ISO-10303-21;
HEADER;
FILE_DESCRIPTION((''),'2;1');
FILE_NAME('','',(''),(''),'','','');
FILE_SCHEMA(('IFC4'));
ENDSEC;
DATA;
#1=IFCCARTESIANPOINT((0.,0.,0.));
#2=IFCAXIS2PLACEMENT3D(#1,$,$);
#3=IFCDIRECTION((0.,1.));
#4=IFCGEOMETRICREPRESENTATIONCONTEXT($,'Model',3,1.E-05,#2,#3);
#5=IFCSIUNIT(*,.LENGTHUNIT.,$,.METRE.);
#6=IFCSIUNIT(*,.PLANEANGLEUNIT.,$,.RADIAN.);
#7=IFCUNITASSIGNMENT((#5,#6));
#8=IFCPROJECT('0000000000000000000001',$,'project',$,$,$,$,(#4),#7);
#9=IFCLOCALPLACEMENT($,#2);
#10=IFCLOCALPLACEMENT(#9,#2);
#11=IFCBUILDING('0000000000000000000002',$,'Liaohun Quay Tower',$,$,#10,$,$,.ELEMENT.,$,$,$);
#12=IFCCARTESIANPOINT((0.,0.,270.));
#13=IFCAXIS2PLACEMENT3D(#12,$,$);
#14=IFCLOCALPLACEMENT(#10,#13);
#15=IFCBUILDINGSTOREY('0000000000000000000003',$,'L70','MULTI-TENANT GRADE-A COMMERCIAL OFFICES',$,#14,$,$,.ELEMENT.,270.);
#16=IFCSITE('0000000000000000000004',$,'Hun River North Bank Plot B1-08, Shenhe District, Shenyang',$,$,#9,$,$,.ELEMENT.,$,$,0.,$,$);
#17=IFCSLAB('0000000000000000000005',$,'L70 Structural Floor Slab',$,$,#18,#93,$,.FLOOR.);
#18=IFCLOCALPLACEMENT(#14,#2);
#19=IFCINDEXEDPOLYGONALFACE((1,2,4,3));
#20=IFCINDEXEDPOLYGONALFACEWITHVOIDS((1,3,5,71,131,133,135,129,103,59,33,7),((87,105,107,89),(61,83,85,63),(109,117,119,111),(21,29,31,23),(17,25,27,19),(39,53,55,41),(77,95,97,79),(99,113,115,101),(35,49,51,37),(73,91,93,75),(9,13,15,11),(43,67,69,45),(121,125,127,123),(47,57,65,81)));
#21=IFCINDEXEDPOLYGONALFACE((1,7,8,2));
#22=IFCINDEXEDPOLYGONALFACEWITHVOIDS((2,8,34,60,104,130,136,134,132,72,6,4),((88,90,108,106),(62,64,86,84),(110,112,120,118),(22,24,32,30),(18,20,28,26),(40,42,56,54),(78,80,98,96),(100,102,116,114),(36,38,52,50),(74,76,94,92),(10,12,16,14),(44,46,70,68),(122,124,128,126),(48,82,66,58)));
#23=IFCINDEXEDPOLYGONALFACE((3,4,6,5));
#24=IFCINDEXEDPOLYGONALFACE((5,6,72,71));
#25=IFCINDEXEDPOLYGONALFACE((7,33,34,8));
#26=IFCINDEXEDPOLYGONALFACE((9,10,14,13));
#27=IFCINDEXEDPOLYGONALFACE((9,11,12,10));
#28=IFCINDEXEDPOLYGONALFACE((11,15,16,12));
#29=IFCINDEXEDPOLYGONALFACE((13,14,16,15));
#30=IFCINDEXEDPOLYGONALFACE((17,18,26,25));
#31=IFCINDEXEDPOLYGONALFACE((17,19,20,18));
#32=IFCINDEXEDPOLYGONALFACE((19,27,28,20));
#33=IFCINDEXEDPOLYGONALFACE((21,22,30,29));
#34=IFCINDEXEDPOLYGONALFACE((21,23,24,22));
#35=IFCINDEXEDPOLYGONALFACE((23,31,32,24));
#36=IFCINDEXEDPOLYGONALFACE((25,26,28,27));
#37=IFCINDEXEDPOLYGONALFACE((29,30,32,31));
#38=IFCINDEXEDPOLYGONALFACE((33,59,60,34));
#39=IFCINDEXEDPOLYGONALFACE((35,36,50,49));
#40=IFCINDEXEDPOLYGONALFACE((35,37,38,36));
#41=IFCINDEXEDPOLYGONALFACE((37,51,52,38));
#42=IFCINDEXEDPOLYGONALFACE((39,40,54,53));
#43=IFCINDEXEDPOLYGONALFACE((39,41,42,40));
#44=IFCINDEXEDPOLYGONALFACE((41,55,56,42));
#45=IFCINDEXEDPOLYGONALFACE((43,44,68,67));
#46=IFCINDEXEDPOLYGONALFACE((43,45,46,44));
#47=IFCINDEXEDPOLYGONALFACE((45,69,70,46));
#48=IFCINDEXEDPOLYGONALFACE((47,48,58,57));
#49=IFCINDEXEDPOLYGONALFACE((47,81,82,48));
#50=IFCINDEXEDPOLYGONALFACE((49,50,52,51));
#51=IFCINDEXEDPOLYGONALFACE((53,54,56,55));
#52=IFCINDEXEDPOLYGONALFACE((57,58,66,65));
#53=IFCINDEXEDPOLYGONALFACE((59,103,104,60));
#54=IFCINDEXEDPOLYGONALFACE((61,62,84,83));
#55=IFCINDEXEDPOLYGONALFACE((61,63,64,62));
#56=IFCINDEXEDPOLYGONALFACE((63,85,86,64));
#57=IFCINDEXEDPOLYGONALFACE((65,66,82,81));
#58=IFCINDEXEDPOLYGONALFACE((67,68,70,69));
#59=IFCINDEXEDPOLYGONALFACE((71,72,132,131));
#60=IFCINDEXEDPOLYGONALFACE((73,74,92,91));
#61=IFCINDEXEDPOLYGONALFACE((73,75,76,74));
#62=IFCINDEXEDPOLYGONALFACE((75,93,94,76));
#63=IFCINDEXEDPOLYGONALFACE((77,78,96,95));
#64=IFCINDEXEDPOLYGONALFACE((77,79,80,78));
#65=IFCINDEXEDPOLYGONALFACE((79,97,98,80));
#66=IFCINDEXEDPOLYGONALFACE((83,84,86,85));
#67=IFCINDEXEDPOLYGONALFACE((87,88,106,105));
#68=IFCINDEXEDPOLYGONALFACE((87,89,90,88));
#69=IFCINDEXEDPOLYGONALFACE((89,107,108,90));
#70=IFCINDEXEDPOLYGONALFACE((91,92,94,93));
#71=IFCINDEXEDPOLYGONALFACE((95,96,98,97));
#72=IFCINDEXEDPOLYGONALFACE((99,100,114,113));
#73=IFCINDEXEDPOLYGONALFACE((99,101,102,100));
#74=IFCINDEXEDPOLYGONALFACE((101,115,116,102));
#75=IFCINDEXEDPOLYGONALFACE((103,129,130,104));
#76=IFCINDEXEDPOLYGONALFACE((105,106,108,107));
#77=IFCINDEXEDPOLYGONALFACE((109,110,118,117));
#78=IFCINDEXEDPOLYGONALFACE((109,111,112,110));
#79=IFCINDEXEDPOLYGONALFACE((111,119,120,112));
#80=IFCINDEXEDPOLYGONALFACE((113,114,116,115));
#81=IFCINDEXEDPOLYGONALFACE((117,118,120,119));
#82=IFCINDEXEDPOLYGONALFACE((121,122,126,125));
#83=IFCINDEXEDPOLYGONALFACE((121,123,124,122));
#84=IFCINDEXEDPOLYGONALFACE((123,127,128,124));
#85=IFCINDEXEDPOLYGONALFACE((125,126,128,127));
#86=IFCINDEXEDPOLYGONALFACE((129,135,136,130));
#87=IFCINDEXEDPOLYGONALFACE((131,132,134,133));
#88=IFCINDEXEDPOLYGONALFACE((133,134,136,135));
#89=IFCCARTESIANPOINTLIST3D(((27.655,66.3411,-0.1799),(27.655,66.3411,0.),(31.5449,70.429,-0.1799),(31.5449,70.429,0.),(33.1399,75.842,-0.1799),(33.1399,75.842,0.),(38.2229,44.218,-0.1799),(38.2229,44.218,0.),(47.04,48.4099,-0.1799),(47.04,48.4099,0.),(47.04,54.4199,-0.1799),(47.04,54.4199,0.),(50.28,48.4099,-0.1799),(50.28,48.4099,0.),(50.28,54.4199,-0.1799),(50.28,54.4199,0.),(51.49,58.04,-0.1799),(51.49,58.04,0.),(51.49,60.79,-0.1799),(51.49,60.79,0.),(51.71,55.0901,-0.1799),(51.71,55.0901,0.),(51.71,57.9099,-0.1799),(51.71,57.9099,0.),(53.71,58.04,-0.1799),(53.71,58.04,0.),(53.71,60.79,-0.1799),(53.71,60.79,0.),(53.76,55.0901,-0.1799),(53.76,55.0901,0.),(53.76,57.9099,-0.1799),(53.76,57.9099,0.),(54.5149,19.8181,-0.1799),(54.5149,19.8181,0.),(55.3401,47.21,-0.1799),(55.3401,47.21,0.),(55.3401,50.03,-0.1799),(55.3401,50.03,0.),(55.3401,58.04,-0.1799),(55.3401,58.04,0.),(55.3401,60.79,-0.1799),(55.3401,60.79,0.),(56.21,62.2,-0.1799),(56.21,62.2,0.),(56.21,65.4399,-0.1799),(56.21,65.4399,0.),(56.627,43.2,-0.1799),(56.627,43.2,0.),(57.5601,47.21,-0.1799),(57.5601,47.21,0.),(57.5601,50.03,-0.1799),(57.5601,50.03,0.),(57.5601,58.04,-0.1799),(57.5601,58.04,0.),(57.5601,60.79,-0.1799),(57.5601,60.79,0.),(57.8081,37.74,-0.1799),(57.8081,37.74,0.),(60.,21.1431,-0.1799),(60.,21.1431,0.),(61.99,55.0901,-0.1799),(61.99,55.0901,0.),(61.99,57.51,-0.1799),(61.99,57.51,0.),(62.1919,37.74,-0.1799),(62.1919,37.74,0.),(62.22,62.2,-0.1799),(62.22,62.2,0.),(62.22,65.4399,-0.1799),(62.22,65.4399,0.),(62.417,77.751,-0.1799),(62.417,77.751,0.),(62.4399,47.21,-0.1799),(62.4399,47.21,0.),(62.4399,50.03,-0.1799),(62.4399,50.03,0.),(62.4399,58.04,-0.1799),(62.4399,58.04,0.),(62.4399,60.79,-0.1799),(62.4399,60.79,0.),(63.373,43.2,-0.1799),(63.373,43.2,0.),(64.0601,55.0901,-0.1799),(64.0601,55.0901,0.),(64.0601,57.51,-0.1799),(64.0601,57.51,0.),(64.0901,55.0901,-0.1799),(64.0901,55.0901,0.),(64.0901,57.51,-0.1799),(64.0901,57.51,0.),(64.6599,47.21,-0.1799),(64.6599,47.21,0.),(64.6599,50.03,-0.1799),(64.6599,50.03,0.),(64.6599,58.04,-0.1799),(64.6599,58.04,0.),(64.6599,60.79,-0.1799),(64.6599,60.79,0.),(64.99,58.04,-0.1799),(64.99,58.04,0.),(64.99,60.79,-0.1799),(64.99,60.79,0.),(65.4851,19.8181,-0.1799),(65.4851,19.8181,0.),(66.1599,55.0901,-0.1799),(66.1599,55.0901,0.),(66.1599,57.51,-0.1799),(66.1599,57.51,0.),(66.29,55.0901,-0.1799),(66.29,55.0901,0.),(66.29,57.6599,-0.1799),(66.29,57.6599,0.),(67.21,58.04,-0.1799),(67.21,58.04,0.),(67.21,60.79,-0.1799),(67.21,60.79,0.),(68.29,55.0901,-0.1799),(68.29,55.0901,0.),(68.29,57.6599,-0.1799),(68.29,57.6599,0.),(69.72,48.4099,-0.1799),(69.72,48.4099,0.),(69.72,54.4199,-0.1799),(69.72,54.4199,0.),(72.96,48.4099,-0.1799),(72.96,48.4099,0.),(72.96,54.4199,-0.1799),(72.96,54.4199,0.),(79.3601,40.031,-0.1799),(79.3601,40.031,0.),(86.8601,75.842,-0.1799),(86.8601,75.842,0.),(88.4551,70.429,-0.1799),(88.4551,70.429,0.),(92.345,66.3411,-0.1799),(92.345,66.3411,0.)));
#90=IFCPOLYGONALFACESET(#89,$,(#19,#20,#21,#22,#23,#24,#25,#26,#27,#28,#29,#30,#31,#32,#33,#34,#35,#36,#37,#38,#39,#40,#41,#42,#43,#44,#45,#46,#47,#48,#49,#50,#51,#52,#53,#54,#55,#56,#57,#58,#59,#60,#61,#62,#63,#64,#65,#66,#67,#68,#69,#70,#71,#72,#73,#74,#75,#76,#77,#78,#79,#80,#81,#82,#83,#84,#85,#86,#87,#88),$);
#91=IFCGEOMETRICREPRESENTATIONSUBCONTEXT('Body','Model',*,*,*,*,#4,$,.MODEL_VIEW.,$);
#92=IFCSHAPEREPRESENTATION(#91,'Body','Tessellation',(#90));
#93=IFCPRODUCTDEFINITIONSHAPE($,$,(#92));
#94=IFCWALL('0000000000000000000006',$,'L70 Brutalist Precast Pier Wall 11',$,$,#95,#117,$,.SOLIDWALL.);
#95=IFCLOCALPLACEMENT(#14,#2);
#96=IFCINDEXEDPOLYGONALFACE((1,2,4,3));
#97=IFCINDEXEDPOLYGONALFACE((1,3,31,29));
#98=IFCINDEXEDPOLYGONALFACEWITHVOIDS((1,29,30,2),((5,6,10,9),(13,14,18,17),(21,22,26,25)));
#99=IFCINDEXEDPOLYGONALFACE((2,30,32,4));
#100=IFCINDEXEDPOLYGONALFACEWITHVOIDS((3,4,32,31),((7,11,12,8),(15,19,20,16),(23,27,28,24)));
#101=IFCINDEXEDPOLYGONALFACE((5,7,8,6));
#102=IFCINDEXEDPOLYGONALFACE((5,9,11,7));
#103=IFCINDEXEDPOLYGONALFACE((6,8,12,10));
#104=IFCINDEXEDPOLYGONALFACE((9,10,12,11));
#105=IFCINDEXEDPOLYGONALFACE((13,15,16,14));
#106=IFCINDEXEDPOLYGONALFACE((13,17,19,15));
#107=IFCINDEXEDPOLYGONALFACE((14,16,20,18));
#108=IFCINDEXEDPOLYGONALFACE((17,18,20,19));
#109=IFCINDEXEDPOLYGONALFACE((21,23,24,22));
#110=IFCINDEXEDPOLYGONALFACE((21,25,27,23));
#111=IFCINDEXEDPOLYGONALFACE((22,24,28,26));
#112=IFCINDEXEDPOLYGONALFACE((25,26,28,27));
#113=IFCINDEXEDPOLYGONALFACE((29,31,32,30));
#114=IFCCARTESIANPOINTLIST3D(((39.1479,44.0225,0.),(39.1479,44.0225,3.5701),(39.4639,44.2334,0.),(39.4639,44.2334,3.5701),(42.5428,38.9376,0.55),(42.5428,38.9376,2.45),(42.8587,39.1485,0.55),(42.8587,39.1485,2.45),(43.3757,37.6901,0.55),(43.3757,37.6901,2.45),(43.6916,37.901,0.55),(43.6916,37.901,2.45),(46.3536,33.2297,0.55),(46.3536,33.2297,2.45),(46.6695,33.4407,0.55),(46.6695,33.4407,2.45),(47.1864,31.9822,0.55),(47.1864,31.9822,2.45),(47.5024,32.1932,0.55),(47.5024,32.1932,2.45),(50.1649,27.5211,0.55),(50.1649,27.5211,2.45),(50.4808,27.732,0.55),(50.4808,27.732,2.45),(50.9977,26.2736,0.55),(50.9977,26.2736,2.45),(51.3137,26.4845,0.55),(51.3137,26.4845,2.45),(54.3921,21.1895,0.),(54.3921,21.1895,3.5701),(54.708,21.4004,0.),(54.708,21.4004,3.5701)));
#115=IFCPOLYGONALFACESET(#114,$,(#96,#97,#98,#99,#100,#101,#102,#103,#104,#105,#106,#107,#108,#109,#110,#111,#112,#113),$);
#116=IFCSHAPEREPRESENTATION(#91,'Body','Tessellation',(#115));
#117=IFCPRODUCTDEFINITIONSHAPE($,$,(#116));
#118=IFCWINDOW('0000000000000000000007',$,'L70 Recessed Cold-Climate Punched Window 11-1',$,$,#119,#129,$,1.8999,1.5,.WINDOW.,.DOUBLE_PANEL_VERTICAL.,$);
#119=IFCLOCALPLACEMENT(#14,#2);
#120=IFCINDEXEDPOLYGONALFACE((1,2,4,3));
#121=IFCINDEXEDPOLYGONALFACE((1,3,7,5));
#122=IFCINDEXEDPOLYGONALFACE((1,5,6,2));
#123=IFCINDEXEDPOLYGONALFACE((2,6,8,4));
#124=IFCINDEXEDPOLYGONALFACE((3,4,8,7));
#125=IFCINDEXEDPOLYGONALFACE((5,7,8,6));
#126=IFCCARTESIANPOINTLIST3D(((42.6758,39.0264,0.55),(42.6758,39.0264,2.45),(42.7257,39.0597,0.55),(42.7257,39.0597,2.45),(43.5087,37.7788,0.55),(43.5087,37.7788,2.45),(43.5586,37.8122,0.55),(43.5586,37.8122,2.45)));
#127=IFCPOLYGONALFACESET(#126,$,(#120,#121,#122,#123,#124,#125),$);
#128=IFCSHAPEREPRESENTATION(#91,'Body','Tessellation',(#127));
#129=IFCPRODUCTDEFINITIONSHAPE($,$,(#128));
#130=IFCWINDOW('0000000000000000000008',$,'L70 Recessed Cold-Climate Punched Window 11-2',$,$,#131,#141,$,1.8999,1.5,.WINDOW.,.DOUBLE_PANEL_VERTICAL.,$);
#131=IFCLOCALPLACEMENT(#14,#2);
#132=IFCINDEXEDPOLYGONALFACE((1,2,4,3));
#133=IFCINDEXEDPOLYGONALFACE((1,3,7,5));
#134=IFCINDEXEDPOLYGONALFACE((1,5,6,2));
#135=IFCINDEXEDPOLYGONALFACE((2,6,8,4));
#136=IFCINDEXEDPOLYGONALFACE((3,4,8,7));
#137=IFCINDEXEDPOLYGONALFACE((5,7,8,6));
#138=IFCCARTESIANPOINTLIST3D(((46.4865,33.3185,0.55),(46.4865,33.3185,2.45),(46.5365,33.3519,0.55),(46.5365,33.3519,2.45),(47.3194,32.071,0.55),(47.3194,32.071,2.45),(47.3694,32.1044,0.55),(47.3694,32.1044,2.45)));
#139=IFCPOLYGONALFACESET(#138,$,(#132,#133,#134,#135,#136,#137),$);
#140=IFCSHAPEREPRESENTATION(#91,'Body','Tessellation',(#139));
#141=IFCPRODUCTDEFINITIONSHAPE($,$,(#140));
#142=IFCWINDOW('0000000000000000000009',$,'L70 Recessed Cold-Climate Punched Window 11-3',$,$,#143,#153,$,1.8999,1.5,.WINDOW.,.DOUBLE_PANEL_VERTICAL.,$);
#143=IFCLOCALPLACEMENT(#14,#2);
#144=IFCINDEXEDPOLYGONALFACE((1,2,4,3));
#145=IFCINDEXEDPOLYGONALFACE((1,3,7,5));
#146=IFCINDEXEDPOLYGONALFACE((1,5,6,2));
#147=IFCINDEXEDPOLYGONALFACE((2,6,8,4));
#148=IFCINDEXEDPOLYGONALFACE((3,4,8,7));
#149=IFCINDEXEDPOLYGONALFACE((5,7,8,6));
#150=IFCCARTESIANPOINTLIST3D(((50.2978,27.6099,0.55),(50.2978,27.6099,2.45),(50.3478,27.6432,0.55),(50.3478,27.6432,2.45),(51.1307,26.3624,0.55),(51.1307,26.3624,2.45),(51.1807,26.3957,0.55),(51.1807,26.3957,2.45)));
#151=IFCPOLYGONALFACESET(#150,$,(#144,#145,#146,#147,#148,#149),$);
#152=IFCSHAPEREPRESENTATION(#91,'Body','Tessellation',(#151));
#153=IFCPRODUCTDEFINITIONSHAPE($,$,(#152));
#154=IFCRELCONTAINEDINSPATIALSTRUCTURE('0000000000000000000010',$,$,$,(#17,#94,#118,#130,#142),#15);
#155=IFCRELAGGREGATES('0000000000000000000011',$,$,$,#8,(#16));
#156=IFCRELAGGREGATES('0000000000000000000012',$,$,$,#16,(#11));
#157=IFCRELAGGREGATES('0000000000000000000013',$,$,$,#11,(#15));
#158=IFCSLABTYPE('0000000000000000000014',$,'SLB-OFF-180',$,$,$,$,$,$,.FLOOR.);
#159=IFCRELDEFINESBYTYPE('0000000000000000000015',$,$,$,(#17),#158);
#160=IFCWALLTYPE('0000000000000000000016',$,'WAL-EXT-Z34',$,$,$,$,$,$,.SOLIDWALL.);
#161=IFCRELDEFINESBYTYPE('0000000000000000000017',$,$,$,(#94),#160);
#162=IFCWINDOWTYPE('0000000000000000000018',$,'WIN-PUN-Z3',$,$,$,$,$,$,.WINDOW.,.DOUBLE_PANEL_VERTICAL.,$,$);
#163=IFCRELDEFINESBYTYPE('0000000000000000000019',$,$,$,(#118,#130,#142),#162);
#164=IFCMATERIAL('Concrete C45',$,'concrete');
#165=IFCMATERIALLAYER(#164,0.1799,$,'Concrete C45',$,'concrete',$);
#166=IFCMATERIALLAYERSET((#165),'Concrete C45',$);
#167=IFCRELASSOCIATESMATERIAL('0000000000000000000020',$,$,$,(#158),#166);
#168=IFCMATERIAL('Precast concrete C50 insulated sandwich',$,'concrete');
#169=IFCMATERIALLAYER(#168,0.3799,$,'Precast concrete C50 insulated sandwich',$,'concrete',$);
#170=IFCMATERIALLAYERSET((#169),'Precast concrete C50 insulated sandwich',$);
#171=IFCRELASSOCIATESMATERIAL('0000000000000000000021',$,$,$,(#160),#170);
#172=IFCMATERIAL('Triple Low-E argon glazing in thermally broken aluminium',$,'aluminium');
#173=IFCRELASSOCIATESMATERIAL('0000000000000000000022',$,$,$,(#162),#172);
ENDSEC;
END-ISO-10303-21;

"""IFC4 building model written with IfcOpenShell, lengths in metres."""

from ifc_helpers import new_model, si_unit, direction, frame, frame_2d, origin, place, context, subcontext, project, spatial, polyline, rectangle, outline, extrude, source, transform, mapped, material, layer, layer_set, type_object, element, fill, save


model = new_model("IFC4")

# Units and contexts
model_context = context("Model", 3, precision=1e-05, world=origin(), true_north=direction((0.0, 1.0)))
body_context = subcontext(model_context, "Body", "Model", "MODEL_VIEW")
ifc_project = project(units=[si_unit("LENGTHUNIT", "METRE"), si_unit("PLANEANGLEUNIT", "RADIAN")], contexts=[model_context])

# Site, building, storey
site_placement = place(None, origin())
site = spatial("IfcSite", under=ifc_project, at=site_placement, Name="Hun River North Bank Plot B1-08, Shenhe District, Shenyang", CompositionType="ELEMENT", RefElevation=0.0)
building_placement = place(site_placement, origin())
building = spatial("IfcBuilding", under=site, at=building_placement, Name="Liaohun Quay Tower", CompositionType="ELEMENT")
storey_placement = place(building_placement, frame((0.0, 0.0, 270.0)))
storey = spatial("IfcBuildingStorey", under=building, at=storey_placement, Name="L70", Description="MULTI-TENANT GRADE-A COMMERCIAL OFFICES", CompositionType="ELEMENT", Elevation=270.0)

# Shared definitions
ifc_material_1 = material(Name="Concrete C45", Category="concrete")

# Slab
ifc_layer_1 = layer(ifc_material_1, 0.1799, Name="Concrete C45", Category="concrete")
ifc_layer_set_1 = layer_set([ifc_layer_1], Name="Concrete C45")
slab_type_1 = type_object("IfcSlabType", Name="SLB-OFF-180", PredefinedType="FLOOR", material=ifc_layer_set_1)
slab_1_placement = place(storey_placement, frame((0.0, 0.0, -0.1799)))
element("IfcSlab", 1, at=slab_1_placement, inside=storey, type_object=slab_type_1, Name="L70 Structural Floor Slab", PredefinedType="FLOOR", context=body_context, shape_type="SweptSolid", body=[
    extrude(outline(polyline([(54.5149, 19.8181), (60.0, 21.1431), (65.4851, 19.8181), (79.3601, 40.031), (92.345, 66.3411), (88.4551, 70.429), (86.8601, 75.842), (62.417, 77.751), (33.1399, 75.842), (31.5449, 70.429), (27.655, 66.3411), (38.2229, 44.218), (54.5149, 19.8181)]), holes=[polyline([(63.373, 43.2), (56.627, 43.2), (57.8081, 37.74), (62.1919, 37.74), (63.373, 43.2)]), polyline([(57.5601, 47.21), (57.5601, 50.03), (55.3401, 50.03), (55.3401, 47.21), (57.5601, 47.21)]), polyline([(50.28, 54.4199), (47.04, 54.4199), (47.04, 48.4099), (50.28, 48.4099), (50.28, 54.4199)]), polyline([(53.76, 55.0901), (53.76, 57.9099), (51.71, 57.9099), (51.71, 55.0901), (53.76, 55.0901)]), polyline([(53.71, 58.04), (53.71, 60.79), (51.49, 60.79), (51.49, 58.04), (53.71, 58.04)]), polyline([(57.5601, 58.04), (57.5601, 60.79), (55.3401, 60.79), (55.3401, 58.04), (57.5601, 58.04)]), polyline([(62.22, 62.2), (62.22, 65.4399), (56.21, 65.4399), (56.21, 62.2), (62.22, 62.2)]), polyline([(64.6599, 50.03), (62.4399, 50.03), (62.4399, 47.21), (64.6599, 47.21), (64.6599, 50.03)]), polyline([(72.96, 54.4199), (69.72, 54.4199), (69.72, 48.4099), (72.96, 48.4099), (72.96, 54.4199)]), polyline([(64.0601, 55.0901), (64.0601, 57.51), (61.99, 57.51), (61.99, 55.0901), (64.0601, 55.0901)]), polyline([(66.1599, 55.0901), (66.1599, 57.51), (64.0901, 57.51), (64.0901, 55.0901), (66.1599, 55.0901)]), polyline([(68.29, 55.0901), (68.29, 57.6599), (66.29, 57.6599), (66.29, 55.0901), (68.29, 55.0901)]), polyline([(64.6599, 58.04), (64.6599, 60.79), (62.4399, 60.79), (62.4399, 58.04), (64.6599, 58.04)]), polyline([(67.21, 58.04), (67.21, 60.79), (64.99, 60.79), (64.99, 58.04), (67.21, 58.04)])]), origin(), (0.0, 0.0, 1.0), 0.1799),
])

# Wall, openings, windows
ifc_material_2 = material(Name="Precast concrete C50 insulated sandwich", Category="concrete")
ifc_layer_2 = layer(ifc_material_2, 0.3799, Name="Precast concrete C50 insulated sandwich", Category="concrete")
ifc_layer_set_2 = layer_set([ifc_layer_2], Name="Precast concrete C50 insulated sandwich")
wall_type_1 = type_object("IfcWallType", Name="WAL-EXT-Z34", PredefinedType="SOLIDWALL", material=ifc_layer_set_2)
wall_1_placement = place(storey_placement, frame((39.3059, 44.1279, 0.0), z_axis=(0.0, 0.0, 1.0), x_axis=(0.555258, -0.831678, 0.0)))
wall_1 = element("IfcWall", 2, at=wall_1_placement, inside=storey, type_object=wall_type_1, Name="L70 Brutalist Precast Pier Wall 11", PredefinedType="SOLIDWALL", context=body_context, shape_type="SweptSolid", body=[
    extrude(rectangle(XDim=27.4541, YDim=0.3799, at=frame_2d((13.7271, 0.0))), origin(), (0.0, 0.0, 1.0), 3.5701),
])
shared_shape_1 = source(origin(), body_context, "Body", "SweptSolid", [
    extrude(rectangle(XDim=1.5, YDim=1.8999, at=frame_2d((0.75, 0.95))), frame((0.0, 0.2, 0.0), z_axis=(0.0, -1.0, 0.0), x_axis=(1.0, 0.0, 0.0)), (0.0, 0.0, 1.0), 0.3999),
])
opening_1_placement = place(wall_1_placement, frame((6.114, 0.0, 0.55)))
opening_1 = element("IfcOpeningElement", 3, at=opening_1_placement, cuts=wall_1, PredefinedType="OPENING", context=body_context, shape_type="MappedRepresentation", body=[
    mapped(shared_shape_1, transform((0.0, 0.0, 0.0), x_axis=(1.0, 0.0, 0.0), y_axis=(0.0, 1.0, 0.0), z_axis=(0.0, 0.0, 1.0), scale=1.0)),
])
opening_2_placement = place(wall_1_placement, frame((12.9771, 0.0, 0.55)))
opening_2 = element("IfcOpeningElement", 4, at=opening_2_placement, cuts=wall_1, PredefinedType="OPENING", context=body_context, shape_type="MappedRepresentation", body=[
    mapped(shared_shape_1, transform((0.0, 0.0, 0.0), x_axis=(1.0, 0.0, 0.0), y_axis=(0.0, 1.0, 0.0), z_axis=(0.0, 0.0, 1.0), scale=1.0)),
])
opening_3_placement = place(wall_1_placement, frame((19.8411, 0.0, 0.55)))
opening_3 = element("IfcOpeningElement", 5, at=opening_3_placement, cuts=wall_1, PredefinedType="OPENING", context=body_context, shape_type="MappedRepresentation", body=[
    mapped(shared_shape_1, transform((0.0, 0.0, 0.0), x_axis=(1.0, 0.0, 0.0), y_axis=(0.0, 1.0, 0.0), z_axis=(0.0, 0.0, 1.0), scale=1.0)),
])
ifc_material_3 = material(Name="Triple Low-E argon glazing in thermally broken aluminium", Category="aluminium")
window_type = type_object("IfcWindowType", Name="WIN-PUN-Z3", PartitioningType="DOUBLE_PANEL_VERTICAL", PredefinedType="WINDOW", material=ifc_material_3)
shared_shape_2 = source(origin(), body_context, "Body", "SweptSolid", [
    extrude(rectangle(XDim=1.5, YDim=1.8999, at=frame_2d((0.75, 0.95))), frame((0.0, 0.03, 0.0), z_axis=(0.0, -1.0, 0.0), x_axis=(1.0, 0.0, 0.0)), (0.0, 0.0, 1.0), 0.0601),
])
window_1_placement = place(opening_1_placement, origin())
window_1 = element("IfcWindow", 6, at=window_1_placement, inside=storey, type_object=window_type, Name="L70 Recessed Cold-Climate Punched Window 11-1", OverallHeight=1.8999, OverallWidth=1.5, PartitioningType="DOUBLE_PANEL_VERTICAL", PredefinedType="WINDOW", context=body_context, shape_type="MappedRepresentation", body=[
    mapped(shared_shape_2, transform((0.0, 0.0, 0.0), x_axis=(1.0, 0.0, 0.0), y_axis=(0.0, 1.0, 0.0), z_axis=(0.0, 0.0, 1.0), scale=1.0)),
])
fill(opening_1, window_1)
window_2_placement = place(opening_2_placement, origin())
window_2 = element("IfcWindow", 7, at=window_2_placement, inside=storey, type_object=window_type, Name="L70 Recessed Cold-Climate Punched Window 11-2", OverallHeight=1.8999, OverallWidth=1.5, PartitioningType="DOUBLE_PANEL_VERTICAL", PredefinedType="WINDOW", context=body_context, shape_type="MappedRepresentation", body=[
    mapped(shared_shape_2, transform((0.0, 0.0, 0.0), x_axis=(1.0, 0.0, 0.0), y_axis=(0.0, 1.0, 0.0), z_axis=(0.0, 0.0, 1.0), scale=1.0)),
])
fill(opening_2, window_2)
window_3_placement = place(opening_3_placement, origin())
window_3 = element("IfcWindow", 8, at=window_3_placement, inside=storey, type_object=window_type, Name="L70 Recessed Cold-Climate Punched Window 11-3", OverallHeight=1.8999, OverallWidth=1.5, PartitioningType="DOUBLE_PANEL_VERTICAL", PredefinedType="WINDOW", context=body_context, shape_type="MappedRepresentation", body=[
    mapped(shared_shape_2, transform((0.0, 0.0, 0.0), x_axis=(1.0, 0.0, 0.0), y_axis=(0.0, 1.0, 0.0), z_axis=(0.0, 0.0, 1.0), scale=1.0)),
])
fill(opening_3, window_3)

save(model, "model.ifc")
